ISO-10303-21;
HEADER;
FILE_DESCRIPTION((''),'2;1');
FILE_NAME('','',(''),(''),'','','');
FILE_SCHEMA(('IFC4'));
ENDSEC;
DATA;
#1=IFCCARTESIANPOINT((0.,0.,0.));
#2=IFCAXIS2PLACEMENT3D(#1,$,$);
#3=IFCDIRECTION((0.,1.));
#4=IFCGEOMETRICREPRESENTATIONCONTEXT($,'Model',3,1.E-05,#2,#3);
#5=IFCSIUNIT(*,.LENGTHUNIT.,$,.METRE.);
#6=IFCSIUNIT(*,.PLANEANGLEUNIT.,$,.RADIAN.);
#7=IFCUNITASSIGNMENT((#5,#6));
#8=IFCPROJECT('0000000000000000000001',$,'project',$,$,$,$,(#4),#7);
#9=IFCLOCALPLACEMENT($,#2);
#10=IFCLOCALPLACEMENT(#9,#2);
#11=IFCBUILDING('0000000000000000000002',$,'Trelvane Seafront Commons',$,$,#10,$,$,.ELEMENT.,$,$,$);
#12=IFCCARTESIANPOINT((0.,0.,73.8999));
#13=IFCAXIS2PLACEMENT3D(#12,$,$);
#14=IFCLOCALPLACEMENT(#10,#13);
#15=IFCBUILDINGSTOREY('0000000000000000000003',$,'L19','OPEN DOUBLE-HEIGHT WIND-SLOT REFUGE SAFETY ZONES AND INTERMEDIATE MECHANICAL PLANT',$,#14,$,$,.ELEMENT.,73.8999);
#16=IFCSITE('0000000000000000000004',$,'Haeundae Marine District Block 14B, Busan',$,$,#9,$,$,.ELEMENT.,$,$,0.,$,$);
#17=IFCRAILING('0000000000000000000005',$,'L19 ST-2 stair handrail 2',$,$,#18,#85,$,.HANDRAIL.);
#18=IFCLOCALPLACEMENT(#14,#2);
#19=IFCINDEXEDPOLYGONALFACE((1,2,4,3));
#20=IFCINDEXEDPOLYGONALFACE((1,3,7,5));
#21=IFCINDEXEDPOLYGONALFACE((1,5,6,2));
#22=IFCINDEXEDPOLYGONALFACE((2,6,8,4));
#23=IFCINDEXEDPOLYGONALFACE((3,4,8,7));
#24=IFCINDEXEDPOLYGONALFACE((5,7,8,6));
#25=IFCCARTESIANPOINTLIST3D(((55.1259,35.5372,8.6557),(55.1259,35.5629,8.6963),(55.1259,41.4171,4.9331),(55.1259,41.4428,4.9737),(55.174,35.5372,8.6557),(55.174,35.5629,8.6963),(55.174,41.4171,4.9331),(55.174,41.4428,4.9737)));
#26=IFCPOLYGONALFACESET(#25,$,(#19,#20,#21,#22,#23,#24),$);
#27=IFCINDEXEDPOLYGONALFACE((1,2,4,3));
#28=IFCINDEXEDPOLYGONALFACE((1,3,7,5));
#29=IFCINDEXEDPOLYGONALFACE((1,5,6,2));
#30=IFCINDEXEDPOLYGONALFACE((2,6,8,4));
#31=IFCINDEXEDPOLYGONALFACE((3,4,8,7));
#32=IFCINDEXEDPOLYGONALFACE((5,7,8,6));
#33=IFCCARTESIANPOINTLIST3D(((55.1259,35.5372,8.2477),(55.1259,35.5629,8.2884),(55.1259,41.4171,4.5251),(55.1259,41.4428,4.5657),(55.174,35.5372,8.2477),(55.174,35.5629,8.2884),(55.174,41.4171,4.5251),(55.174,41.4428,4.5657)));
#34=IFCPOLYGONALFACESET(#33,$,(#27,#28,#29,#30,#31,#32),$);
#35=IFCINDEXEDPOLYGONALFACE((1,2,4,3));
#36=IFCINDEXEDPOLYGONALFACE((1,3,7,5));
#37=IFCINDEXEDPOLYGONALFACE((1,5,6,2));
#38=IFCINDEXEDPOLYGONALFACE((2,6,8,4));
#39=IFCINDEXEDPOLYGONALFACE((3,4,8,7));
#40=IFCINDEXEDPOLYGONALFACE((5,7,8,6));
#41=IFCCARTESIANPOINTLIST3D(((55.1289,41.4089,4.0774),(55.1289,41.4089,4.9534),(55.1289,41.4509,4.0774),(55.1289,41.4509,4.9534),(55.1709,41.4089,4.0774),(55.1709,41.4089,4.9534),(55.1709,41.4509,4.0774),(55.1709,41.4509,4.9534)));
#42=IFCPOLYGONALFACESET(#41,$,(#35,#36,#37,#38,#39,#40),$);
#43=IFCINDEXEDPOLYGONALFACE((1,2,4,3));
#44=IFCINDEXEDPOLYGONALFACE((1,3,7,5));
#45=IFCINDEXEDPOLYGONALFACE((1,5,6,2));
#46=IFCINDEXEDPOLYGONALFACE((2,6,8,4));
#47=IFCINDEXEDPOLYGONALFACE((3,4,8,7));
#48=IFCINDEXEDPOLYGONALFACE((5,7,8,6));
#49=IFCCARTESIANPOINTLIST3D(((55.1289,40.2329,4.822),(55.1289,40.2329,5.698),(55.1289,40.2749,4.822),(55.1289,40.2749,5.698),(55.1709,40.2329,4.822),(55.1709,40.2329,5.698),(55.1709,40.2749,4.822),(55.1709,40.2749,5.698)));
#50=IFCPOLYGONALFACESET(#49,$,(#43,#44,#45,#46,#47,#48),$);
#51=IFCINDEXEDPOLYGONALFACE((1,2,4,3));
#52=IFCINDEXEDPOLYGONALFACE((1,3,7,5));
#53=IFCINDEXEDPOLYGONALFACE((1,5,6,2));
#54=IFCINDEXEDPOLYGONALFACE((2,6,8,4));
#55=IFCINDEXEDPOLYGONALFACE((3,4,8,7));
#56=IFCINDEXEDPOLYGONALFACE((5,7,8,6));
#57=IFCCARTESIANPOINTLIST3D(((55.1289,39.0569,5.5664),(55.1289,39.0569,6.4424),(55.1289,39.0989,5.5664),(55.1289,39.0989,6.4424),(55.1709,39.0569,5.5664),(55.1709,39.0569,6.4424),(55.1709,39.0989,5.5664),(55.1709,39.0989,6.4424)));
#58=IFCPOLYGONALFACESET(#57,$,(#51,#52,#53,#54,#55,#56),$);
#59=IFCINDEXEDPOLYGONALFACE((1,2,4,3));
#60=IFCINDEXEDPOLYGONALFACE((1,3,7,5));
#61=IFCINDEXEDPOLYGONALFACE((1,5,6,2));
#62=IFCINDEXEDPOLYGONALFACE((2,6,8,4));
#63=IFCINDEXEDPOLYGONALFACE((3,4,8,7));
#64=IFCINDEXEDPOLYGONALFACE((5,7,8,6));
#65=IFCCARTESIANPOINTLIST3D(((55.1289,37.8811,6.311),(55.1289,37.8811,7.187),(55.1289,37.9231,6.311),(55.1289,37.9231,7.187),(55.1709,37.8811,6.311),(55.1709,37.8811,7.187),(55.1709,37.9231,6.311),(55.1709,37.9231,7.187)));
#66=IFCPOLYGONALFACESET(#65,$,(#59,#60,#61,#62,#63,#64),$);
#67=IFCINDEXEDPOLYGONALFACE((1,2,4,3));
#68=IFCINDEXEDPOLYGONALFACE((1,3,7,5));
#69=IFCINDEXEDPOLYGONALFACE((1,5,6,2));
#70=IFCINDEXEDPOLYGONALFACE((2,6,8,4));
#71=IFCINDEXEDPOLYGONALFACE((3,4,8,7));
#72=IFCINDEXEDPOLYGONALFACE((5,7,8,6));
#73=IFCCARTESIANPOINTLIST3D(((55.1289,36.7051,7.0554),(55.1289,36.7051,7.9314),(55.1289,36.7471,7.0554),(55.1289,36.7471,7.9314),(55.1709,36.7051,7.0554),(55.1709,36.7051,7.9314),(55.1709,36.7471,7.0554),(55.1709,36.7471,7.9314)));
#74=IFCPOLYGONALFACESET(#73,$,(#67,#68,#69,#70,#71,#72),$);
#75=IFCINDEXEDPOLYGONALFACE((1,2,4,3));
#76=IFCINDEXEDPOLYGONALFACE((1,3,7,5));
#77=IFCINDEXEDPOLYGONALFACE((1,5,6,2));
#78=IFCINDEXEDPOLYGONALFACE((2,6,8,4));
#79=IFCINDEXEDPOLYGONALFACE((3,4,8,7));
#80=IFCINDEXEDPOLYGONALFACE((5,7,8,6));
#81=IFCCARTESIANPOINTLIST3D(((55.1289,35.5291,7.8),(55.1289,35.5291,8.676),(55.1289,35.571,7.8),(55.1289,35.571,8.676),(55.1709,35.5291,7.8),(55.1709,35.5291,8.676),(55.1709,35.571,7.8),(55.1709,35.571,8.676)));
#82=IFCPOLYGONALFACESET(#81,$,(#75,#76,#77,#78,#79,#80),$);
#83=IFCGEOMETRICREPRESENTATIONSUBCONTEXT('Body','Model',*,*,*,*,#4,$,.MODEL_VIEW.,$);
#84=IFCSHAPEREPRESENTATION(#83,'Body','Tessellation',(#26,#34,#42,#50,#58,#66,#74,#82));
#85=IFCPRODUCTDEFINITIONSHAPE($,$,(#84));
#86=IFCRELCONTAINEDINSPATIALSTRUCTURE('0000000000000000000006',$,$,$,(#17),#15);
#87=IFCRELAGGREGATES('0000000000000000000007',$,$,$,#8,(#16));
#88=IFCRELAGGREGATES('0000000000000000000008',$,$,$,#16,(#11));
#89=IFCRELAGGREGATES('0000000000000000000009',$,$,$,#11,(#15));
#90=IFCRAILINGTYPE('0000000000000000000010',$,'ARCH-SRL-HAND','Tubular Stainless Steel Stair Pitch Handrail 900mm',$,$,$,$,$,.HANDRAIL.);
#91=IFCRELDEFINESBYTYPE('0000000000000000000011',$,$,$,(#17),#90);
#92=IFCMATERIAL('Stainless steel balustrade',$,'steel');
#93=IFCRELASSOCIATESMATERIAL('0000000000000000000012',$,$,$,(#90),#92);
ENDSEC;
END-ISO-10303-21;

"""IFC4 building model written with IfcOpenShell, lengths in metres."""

from ifc_helpers import new_model, si_unit, direction, frame, origin, origin_2d, place, context, subcontext, project, spatial, rectangle, extrude, material, type_object, element, save


model = new_model("IFC4")

# Units and contexts
model_context = context("Model", 3, precision=1e-05, world=origin(), true_north=direction((0.0, 1.0)))
body_context = subcontext(model_context, "Body", "Model", "MODEL_VIEW")
ifc_project = project(units=[si_unit("LENGTHUNIT", "METRE"), si_unit("PLANEANGLEUNIT", "RADIAN")], contexts=[model_context])

# Site, building, storey
site_placement = place(None, origin())
site = spatial("IfcSite", under=ifc_project, at=site_placement, Name="Haeundae Marine District Block 14B, Busan", CompositionType="ELEMENT", RefElevation=0.0)
building_placement = place(site_placement, origin())
building = spatial("IfcBuilding", under=site, at=building_placement, Name="Trelvane Seafront Commons", CompositionType="ELEMENT")
storey_placement = place(building_placement, frame((0.0, 0.0, 73.8999)))
storey = spatial("IfcBuildingStorey", under=building, at=storey_placement, Name="L19", Description="OPEN DOUBLE-HEIGHT WIND-SLOT REFUGE SAFETY ZONES AND INTERMEDIATE MECHANICAL PLANT", CompositionType="ELEMENT", Elevation=73.8999)

# Railing
ifc_material_1 = material(Name="Stainless steel balustrade", Category="steel")
railing_type_1 = type_object("IfcRailingType", Name="ARCH-SRL-HAND", Description="Tubular Stainless Steel Stair Pitch Handrail 900mm", PredefinedType="HANDRAIL", material=ifc_material_1)
railing_1_placement = place(storey_placement, frame((55.1499, 41.4299, 4.0774)))
element("IfcRailing", 1, at=railing_1_placement, inside=storey, type_object=railing_type_1, Name="L19 ST-2 stair handrail 2", PredefinedType="HANDRAIL", context=body_context, shape_type="SweptSolid", body=[
    extrude(rectangle(XDim=0.0481, YDim=0.0481, at=origin_2d()), frame((0.0, 0.0, 0.876), z_axis=(0.0, -0.844902, 0.534922), x_axis=(1.0, 0.0, 0.0)), (0.0, 0.0, 1.0), 6.9592),
    extrude(rectangle(XDim=0.0481, YDim=0.0481, at=origin_2d()), frame((0.0, 0.0, 0.468), z_axis=(0.0, -0.844902, 0.534922), x_axis=(1.0, 0.0, 0.0)), (0.0, 0.0, 1.0), 6.9592),
    extrude(rectangle(XDim=0.042, YDim=0.042, at=origin_2d()), origin(), (0.0, 0.0, 1.0), 0.876),
    extrude(rectangle(XDim=0.042, YDim=0.042, at=origin_2d()), frame((0.0, -1.176, 0.7446)), (0.0, 0.0, 1.0), 0.876),
    extrude(rectangle(XDim=0.042, YDim=0.042, at=origin_2d()), frame((0.0, -2.3521, 1.489)), (0.0, 0.0, 1.0), 0.876),
    extrude(rectangle(XDim=0.042, YDim=0.042, at=origin_2d()), frame((0.0, -3.5278, 2.2336)), (0.0, 0.0, 1.0), 0.876),
    extrude(rectangle(XDim=0.042, YDim=0.042, at=origin_2d()), frame((0.0, -4.7039, 2.978)), (0.0, 0.0, 1.0), 0.876),
    extrude(rectangle(XDim=0.042, YDim=0.042, at=origin_2d()), frame((0.0, -5.8799, 3.7227)), (0.0, 0.0, 1.0), 0.876),
])

save(model, "model.ifc")
